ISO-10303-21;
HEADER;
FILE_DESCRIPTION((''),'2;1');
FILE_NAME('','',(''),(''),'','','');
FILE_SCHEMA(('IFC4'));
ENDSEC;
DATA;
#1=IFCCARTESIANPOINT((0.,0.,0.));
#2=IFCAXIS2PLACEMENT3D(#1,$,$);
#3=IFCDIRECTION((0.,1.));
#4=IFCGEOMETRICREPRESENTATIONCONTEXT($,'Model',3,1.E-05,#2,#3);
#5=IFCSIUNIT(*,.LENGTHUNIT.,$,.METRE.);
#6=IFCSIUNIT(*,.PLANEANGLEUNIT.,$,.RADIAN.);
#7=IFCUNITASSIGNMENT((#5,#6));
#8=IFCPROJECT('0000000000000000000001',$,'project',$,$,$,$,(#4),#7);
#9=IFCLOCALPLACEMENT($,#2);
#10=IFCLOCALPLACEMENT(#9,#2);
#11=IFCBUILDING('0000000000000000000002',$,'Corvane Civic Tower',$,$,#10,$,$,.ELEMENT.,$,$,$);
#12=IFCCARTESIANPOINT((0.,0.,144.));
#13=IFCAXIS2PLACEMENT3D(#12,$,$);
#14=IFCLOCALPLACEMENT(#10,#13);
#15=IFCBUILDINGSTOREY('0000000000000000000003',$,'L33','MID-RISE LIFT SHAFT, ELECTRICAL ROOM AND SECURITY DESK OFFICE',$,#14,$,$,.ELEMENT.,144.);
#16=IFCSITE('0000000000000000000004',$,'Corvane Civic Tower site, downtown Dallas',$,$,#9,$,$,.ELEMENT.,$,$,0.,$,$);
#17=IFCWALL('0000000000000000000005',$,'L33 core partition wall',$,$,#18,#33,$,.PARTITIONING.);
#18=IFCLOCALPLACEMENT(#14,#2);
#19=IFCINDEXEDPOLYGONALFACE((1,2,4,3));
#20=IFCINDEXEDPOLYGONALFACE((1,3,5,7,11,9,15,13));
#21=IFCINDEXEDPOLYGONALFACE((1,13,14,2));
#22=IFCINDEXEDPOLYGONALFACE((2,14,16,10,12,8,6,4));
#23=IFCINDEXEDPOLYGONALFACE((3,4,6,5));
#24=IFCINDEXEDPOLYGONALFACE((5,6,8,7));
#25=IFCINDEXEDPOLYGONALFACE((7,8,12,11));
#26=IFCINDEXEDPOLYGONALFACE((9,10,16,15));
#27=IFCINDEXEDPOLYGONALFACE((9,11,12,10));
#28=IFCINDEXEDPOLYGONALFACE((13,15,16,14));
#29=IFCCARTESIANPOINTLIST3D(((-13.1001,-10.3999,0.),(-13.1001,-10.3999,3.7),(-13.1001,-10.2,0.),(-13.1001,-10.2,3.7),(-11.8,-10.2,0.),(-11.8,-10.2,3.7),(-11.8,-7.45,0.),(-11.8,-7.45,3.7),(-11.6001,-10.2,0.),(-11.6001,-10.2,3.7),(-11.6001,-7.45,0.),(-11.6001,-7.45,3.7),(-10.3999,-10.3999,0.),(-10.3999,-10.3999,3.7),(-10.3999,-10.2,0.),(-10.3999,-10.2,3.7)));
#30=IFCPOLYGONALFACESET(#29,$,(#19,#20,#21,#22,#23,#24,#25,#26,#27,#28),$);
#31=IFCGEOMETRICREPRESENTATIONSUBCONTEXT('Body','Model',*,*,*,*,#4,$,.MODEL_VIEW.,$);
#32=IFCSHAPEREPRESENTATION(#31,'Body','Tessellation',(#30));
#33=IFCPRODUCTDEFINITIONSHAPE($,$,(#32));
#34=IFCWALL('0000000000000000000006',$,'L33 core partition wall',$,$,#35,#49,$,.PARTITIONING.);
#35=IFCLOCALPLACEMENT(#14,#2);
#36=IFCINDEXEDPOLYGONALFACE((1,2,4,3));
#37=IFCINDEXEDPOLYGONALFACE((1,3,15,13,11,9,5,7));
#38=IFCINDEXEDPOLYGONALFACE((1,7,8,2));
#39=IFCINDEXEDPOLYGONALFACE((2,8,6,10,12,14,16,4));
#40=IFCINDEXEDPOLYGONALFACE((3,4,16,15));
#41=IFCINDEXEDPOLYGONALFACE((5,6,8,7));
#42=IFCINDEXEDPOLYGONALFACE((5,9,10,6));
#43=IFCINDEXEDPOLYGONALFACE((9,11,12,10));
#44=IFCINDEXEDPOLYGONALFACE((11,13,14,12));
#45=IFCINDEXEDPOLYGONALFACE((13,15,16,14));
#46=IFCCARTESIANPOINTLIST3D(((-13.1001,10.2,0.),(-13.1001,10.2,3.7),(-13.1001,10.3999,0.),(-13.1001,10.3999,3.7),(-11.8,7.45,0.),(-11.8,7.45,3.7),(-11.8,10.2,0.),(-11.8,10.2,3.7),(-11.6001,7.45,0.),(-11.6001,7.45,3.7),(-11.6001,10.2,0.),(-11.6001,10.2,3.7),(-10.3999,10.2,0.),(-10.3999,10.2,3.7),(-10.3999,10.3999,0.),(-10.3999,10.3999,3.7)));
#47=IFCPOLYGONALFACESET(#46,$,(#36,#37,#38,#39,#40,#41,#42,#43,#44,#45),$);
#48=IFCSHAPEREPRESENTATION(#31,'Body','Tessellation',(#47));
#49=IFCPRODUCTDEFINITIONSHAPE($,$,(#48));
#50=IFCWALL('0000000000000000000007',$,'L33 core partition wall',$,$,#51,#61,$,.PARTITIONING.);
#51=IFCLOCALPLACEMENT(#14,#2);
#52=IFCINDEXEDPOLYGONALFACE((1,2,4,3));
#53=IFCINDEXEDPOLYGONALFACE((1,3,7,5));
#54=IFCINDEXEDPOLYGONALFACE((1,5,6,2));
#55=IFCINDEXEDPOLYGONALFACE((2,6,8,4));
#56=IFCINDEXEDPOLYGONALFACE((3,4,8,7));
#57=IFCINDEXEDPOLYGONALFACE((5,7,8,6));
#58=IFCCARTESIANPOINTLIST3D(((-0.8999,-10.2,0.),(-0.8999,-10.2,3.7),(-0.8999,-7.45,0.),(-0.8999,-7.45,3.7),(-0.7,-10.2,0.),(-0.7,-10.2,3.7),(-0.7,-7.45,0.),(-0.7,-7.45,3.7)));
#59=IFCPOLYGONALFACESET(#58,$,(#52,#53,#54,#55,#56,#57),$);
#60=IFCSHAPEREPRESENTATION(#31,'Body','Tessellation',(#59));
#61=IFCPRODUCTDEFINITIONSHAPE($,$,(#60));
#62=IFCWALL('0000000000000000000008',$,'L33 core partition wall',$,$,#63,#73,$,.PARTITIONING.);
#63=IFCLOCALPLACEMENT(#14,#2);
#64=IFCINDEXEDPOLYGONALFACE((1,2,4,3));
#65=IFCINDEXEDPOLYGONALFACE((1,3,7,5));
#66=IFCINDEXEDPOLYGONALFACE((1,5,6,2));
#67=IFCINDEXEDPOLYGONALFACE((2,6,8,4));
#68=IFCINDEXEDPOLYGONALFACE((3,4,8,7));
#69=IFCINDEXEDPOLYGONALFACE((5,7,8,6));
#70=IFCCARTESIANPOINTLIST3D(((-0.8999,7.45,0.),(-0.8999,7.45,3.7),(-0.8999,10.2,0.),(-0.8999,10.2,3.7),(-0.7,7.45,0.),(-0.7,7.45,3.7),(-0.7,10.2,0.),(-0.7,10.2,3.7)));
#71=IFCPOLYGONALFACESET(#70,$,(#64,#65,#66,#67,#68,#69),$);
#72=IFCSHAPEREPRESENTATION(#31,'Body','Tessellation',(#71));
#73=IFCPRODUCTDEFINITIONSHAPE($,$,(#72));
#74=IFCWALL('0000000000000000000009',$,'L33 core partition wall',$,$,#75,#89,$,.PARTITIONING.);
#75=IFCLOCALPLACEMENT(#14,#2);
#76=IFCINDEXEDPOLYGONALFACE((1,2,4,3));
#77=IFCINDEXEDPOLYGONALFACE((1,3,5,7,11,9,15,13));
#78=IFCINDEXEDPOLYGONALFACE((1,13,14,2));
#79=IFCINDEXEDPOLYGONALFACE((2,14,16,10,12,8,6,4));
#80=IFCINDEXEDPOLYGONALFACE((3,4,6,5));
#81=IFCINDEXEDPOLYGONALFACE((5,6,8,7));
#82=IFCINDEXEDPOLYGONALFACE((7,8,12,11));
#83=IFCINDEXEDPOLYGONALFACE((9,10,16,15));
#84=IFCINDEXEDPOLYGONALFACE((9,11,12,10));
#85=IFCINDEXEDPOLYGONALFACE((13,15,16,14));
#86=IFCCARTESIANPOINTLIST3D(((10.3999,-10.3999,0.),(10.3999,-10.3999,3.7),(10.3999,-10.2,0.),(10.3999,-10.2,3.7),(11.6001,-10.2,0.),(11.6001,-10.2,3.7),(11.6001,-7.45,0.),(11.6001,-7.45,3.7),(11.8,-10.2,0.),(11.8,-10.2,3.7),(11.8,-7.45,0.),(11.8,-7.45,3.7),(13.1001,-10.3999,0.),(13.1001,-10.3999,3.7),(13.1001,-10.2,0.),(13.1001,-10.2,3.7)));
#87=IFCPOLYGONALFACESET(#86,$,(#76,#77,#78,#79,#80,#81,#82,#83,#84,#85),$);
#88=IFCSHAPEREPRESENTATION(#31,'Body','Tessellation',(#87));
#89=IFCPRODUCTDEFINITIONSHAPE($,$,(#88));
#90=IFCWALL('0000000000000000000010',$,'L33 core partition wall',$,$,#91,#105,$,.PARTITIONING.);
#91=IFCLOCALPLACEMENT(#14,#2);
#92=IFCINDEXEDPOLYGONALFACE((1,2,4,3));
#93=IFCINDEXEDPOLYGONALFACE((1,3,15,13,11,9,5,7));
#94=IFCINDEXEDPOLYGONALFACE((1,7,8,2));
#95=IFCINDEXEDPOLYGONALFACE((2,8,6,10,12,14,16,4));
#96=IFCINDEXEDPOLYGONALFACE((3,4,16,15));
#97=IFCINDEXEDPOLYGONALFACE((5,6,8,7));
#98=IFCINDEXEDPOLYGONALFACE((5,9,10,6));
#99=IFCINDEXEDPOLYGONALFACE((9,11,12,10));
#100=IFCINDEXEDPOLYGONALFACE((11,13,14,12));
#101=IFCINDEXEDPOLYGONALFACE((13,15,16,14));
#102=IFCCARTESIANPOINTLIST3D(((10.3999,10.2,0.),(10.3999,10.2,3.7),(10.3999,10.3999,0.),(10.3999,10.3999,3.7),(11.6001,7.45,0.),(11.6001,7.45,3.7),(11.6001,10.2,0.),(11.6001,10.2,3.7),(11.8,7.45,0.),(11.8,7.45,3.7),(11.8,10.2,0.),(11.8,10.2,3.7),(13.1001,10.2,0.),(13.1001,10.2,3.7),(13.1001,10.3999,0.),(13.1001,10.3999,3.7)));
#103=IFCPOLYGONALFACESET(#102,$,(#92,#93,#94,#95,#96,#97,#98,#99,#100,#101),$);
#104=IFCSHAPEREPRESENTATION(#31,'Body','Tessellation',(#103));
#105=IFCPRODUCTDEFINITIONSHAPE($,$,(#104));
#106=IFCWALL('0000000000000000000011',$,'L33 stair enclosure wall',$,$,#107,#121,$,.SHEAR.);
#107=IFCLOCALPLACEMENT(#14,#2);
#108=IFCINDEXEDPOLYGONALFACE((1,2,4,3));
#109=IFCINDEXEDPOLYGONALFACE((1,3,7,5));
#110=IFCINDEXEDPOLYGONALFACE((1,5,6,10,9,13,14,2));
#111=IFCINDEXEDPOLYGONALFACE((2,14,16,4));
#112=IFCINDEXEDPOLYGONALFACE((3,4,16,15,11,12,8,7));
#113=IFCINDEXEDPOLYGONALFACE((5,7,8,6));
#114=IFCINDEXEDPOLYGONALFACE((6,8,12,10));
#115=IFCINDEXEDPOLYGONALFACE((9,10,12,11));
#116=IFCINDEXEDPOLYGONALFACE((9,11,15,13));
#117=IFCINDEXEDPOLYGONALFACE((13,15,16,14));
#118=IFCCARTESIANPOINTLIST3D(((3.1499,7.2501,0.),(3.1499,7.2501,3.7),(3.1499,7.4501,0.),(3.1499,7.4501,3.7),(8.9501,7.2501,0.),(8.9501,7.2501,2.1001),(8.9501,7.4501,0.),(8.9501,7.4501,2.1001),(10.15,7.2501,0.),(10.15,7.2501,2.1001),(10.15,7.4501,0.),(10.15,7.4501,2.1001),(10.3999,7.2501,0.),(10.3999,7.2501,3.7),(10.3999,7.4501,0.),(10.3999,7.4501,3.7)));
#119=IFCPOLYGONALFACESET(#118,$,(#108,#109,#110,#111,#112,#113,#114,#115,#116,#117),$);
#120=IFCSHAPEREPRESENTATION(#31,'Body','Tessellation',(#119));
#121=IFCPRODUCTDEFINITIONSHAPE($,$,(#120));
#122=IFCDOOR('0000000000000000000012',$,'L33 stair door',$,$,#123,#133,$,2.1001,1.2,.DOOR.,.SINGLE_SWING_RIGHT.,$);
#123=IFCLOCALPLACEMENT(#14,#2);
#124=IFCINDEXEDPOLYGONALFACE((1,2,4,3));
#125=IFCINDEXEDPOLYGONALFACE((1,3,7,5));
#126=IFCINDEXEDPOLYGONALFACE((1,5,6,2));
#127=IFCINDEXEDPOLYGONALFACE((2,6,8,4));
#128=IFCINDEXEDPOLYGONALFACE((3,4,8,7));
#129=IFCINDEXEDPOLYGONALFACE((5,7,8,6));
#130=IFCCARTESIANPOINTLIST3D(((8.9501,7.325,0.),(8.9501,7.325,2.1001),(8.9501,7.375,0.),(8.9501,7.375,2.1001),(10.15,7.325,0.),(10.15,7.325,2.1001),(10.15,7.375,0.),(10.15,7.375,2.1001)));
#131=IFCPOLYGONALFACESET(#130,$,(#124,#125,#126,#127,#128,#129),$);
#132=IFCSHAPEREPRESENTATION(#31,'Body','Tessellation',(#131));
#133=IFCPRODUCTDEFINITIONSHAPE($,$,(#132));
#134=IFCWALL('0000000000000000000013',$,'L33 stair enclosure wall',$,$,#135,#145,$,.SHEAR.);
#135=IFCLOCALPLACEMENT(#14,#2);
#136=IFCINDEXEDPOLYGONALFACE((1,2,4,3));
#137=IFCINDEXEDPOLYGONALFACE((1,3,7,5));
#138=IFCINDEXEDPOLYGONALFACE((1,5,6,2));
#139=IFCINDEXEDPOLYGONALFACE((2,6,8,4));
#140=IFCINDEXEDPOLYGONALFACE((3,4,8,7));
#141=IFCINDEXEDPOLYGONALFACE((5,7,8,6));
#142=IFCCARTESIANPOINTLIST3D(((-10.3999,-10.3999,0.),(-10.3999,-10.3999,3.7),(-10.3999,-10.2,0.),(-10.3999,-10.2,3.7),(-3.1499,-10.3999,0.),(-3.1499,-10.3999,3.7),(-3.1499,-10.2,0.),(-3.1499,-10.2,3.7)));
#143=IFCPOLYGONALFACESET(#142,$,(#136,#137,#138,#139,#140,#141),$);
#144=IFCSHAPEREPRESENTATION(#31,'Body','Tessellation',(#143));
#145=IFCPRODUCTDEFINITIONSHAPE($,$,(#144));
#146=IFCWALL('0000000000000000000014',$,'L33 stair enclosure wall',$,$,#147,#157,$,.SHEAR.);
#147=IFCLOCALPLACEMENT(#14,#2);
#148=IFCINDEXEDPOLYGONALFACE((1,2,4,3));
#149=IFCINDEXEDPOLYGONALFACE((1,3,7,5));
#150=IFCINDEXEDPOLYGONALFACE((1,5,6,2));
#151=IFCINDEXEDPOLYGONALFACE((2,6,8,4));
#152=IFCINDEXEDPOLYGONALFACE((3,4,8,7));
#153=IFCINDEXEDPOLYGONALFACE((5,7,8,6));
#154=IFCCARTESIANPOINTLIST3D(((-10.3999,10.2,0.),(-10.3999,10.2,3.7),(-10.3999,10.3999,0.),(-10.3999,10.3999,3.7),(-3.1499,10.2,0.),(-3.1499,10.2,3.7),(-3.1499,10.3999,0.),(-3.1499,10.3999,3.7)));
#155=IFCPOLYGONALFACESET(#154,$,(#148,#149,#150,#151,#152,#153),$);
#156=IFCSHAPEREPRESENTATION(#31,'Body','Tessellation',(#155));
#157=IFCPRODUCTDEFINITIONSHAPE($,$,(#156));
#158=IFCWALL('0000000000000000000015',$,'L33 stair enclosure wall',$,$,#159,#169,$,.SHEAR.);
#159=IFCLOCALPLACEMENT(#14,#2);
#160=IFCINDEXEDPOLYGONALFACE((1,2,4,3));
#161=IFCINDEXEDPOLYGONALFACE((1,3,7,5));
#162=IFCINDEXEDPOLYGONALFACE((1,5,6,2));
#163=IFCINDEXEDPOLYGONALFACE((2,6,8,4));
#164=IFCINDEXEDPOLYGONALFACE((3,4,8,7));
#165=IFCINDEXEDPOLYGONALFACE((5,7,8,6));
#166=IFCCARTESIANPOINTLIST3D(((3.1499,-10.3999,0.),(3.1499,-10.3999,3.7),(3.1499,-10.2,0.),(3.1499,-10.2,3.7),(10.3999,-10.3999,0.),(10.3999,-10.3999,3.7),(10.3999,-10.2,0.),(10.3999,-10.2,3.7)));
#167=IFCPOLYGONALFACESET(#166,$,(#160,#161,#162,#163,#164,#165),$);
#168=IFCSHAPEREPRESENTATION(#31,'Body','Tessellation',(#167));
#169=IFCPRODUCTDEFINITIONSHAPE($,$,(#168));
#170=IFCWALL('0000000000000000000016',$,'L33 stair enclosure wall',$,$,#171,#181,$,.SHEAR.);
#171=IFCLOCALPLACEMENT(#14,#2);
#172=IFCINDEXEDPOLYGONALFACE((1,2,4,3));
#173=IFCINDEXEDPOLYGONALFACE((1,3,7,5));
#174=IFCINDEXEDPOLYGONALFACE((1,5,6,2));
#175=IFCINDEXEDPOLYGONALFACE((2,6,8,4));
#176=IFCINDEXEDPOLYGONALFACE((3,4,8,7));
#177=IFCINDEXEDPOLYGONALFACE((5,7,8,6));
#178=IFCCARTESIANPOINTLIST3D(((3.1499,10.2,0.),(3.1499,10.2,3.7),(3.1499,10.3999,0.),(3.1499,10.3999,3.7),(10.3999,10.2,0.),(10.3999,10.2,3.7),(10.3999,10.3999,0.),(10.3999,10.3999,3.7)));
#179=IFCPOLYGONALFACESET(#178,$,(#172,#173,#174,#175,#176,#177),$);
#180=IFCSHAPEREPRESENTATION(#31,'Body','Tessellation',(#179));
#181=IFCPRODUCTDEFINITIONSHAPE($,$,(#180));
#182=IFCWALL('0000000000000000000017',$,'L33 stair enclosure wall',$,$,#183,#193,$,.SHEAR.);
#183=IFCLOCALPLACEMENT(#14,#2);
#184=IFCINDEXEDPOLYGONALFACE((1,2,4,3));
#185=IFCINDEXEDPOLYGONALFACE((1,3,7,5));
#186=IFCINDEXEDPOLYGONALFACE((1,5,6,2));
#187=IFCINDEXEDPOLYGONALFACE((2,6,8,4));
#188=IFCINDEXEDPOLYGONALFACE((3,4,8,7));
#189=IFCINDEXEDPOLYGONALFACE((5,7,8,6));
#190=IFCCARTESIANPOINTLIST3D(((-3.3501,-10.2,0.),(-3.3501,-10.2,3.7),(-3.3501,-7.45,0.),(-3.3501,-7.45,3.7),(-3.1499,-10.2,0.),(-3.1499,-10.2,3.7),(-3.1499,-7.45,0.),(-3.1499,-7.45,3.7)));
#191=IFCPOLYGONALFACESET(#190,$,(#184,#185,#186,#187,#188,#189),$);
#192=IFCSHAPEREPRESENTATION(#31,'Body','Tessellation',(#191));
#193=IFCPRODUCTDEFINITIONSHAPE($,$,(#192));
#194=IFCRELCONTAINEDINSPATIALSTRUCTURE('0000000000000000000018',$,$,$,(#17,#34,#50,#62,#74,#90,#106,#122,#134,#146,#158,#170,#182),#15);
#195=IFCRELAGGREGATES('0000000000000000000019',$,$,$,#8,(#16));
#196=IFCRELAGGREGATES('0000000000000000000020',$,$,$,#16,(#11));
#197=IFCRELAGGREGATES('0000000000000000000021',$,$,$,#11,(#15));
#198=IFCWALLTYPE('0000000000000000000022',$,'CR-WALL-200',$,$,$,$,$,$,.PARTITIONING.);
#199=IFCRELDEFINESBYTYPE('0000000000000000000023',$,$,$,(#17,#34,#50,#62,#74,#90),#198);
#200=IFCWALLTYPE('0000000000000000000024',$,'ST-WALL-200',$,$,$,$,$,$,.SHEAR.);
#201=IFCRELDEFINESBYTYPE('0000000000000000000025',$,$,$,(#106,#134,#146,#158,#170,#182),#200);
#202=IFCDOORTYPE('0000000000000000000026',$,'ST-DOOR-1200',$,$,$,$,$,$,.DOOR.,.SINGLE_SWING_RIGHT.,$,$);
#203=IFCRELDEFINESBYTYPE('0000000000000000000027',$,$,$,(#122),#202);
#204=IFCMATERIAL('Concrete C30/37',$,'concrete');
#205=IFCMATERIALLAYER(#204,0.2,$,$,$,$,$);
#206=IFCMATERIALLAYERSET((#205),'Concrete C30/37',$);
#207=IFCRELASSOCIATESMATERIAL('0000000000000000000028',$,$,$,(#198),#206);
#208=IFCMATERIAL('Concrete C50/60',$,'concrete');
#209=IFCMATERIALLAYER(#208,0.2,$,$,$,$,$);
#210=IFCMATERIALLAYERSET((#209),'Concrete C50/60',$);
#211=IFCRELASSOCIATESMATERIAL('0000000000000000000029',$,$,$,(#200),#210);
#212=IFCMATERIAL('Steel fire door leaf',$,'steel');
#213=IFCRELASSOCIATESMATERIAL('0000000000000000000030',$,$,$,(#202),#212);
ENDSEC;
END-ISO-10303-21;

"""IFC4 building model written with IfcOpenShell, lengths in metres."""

from ifc_helpers import new_model, si_unit, direction, frame, frame_2d, origin, place, context, subcontext, project, spatial, polyline, rectangle, outline, extrude, material, layer, layer_set, type_object, element, fill, save


model = new_model("IFC4")

# Units and contexts
model_context = context("Model", 3, precision=1e-05, world=origin(), true_north=direction((0.0, 1.0)))
body_context = subcontext(model_context, "Body", "Model", "MODEL_VIEW")
ifc_project = project(units=[si_unit("LENGTHUNIT", "METRE"), si_unit("PLANEANGLEUNIT", "RADIAN")], contexts=[model_context])

# Site, building, storey
site_placement = place(None, origin())
site = spatial("IfcSite", under=ifc_project, at=site_placement, Name="Corvane Civic Tower site, downtown Dallas", CompositionType="ELEMENT", RefElevation=0.0)
building_placement = place(site_placement, origin())
building = spatial("IfcBuilding", under=site, at=building_placement, Name="Corvane Civic Tower", CompositionType="ELEMENT")
storey_placement = place(building_placement, frame((0.0, 0.0, 144.0)))
storey = spatial("IfcBuildingStorey", under=building, at=storey_placement, Name="L33", Description="MID-RISE LIFT SHAFT, ELECTRICAL ROOM AND SECURITY DESK OFFICE", CompositionType="ELEMENT", Elevation=144.0)

# Walls
ifc_material_1 = material(Name="Concrete C30/37", Category="concrete")
ifc_layer_1 = layer(ifc_material_1, 0.2)
ifc_layer_set_1 = layer_set([ifc_layer_1], Name="Concrete C30/37")
wall_type_1 = type_object("IfcWallType", Name="CR-WALL-200", PredefinedType="PARTITIONING", material=ifc_layer_set_1)
wall_1_placement = place(storey_placement, origin())
element("IfcWall", 1, at=wall_1_placement, inside=storey, type_object=wall_type_1, Name="L33 core partition wall", PredefinedType="PARTITIONING", context=body_context, shape_type="SweptSolid", body=[
    extrude(outline(polyline([(-11.8, -7.45), (-11.6001, -7.45), (-11.6001, -10.2), (-10.3999, -10.2), (-10.3999, -10.3999), (-13.1001, -10.3999), (-13.1001, -10.2), (-11.8, -10.2), (-11.8, -7.45)])), origin(), (0.0, 0.0, 1.0), 3.7),
])
wall_2_placement = place(storey_placement, origin())
element("IfcWall", 2, at=wall_2_placement, inside=storey, type_object=wall_type_1, Name="L33 core partition wall", PredefinedType="PARTITIONING", context=body_context, shape_type="SweptSolid", body=[
    extrude(outline(polyline([(-13.1001, 10.3999), (-10.3999, 10.3999), (-10.3999, 10.2), (-11.6001, 10.2), (-11.6001, 7.45), (-11.8, 7.45), (-11.8, 10.2), (-13.1001, 10.2), (-13.1001, 10.3999)])), origin(), (0.0, 0.0, 1.0), 3.7),
])
wall_3_placement = place(storey_placement, origin())
element("IfcWall", 3, at=wall_3_placement, inside=storey, type_object=wall_type_1, Name="L33 core partition wall", PredefinedType="PARTITIONING", context=body_context, shape_type="SweptSolid", body=[
    extrude(outline(polyline([(-0.7, -10.2), (-0.8999, -10.2), (-0.8999, -7.45), (-0.7, -7.45), (-0.7, -10.2)])), origin(), (0.0, 0.0, 1.0), 3.7),
])
wall_4_placement = place(storey_placement, origin())
element("IfcWall", 4, at=wall_4_placement, inside=storey, type_object=wall_type_1, Name="L33 core partition wall", PredefinedType="PARTITIONING", context=body_context, shape_type="SweptSolid", body=[
    extrude(outline(polyline([(-0.7, 7.45), (-0.8999, 7.45), (-0.8999, 10.2), (-0.7, 10.2), (-0.7, 7.45)])), origin(), (0.0, 0.0, 1.0), 3.7),
])
wall_5_placement = place(storey_placement, origin())
element("IfcWall", 5, at=wall_5_placement, inside=storey, type_object=wall_type_1, Name="L33 core partition wall", PredefinedType="PARTITIONING", context=body_context, shape_type="SweptSolid", body=[
    extrude(outline(polyline([(11.8, -7.45), (11.8, -10.2), (13.1001, -10.2), (13.1001, -10.3999), (10.3999, -10.3999), (10.3999, -10.2), (11.6001, -10.2), (11.6001, -7.45), (11.8, -7.45)])), origin(), (0.0, 0.0, 1.0), 3.7),
])
wall_6_placement = place(storey_placement, origin())
element("IfcWall", 6, at=wall_6_placement, inside=storey, type_object=wall_type_1, Name="L33 core partition wall", PredefinedType="PARTITIONING", context=body_context, shape_type="SweptSolid", body=[
    extrude(outline(polyline([(13.1001, 10.3999), (13.1001, 10.2), (11.8, 10.2), (11.8, 7.45), (11.6001, 7.45), (11.6001, 10.2), (10.3999, 10.2), (10.3999, 10.3999), (13.1001, 10.3999)])), origin(), (0.0, 0.0, 1.0), 3.7),
])

# Wall, opening, door
ifc_material_2 = material(Name="Concrete C50/60", Category="concrete")
ifc_layer_2 = layer(ifc_material_2, 0.2)
ifc_layer_set_2 = layer_set([ifc_layer_2], Name="Concrete C50/60")
wall_type_2 = type_object("IfcWallType", Name="ST-WALL-200", PredefinedType="SHEAR", material=ifc_layer_set_2)
wall_7_placement = place(storey_placement, frame((3.1499, 7.3501, 0.0), z_axis=(0.0, 0.0, 1.0), x_axis=(1.0, 0.0, 0.0)))
wall_7 = element("IfcWall", 7, at=wall_7_placement, inside=storey, type_object=wall_type_2, Name="L33 stair enclosure wall", PredefinedType="SHEAR", context=body_context, shape_type="SweptSolid", body=[
    extrude(rectangle(XDim=7.25, YDim=0.2, at=frame_2d((3.625, 0.0))), origin(), (0.0, 0.0, 1.0), 3.7),
])
opening_placement = place(wall_7_placement, frame((5.8, 0.0, 0.0)))
opening = element("IfcOpeningElement", 8, at=opening_placement, cuts=wall_7, PredefinedType="OPENING", context=body_context, shape_type="SweptSolid", body=[
    extrude(rectangle(XDim=1.2, YDim=2.1001, at=frame_2d((0.6001, 1.05))), frame((0.0, 0.1099, 0.0), z_axis=(0.0, -1.0, 0.0), x_axis=(1.0, 0.0, 0.0)), (0.0, 0.0, 1.0), 0.22),
])
ifc_material_3 = material(Name="Steel fire door leaf", Category="steel")
door_type = type_object("IfcDoorType", Name="ST-DOOR-1200", OperationType="SINGLE_SWING_RIGHT", PredefinedType="DOOR", material=ifc_material_3)
door_placement = place(opening_placement, origin())
door = element("IfcDoor", 9, at=door_placement, inside=storey, type_object=door_type, Name="L33 stair door", OperationType="SINGLE_SWING_RIGHT", OverallHeight=2.1001, OverallWidth=1.2, PredefinedType="DOOR", context=body_context, shape_type="SweptSolid", body=[
    extrude(rectangle(XDim=1.2, YDim=2.1001, at=frame_2d((0.6001, 1.05))), frame((0.0, 0.0249, 0.0), z_axis=(0.0, -1.0, 0.0), x_axis=(1.0, 0.0, 0.0)), (0.0, 0.0, 1.0), 0.05),
])
fill(opening, door)

# Walls
wall_8_placement = place(storey_placement, origin())
element("IfcWall", 10, at=wall_8_placement, inside=storey, type_object=wall_type_2, Name="L33 stair enclosure wall", PredefinedType="SHEAR", context=body_context, shape_type="SweptSolid", body=[
    extrude(outline(polyline([(-3.1499, -10.2), (-3.1499, -10.3999), (-10.3999, -10.3999), (-10.3999, -10.2), (-3.1499, -10.2)])), origin(), (0.0, 0.0, 1.0), 3.7),
])
wall_9_placement = place(storey_placement, origin())
element("IfcWall", 11, at=wall_9_placement, inside=storey, type_object=wall_type_2, Name="L33 stair enclosure wall", PredefinedType="SHEAR", context=body_context, shape_type="SweptSolid", body=[
    extrude(outline(polyline([(-3.1499, 10.2), (-10.3999, 10.2), (-10.3999, 10.3999), (-3.1499, 10.3999), (-3.1499, 10.2)])), origin(), (0.0, 0.0, 1.0), 3.7),
])
wall_10_placement = place(storey_placement, origin())
element("IfcWall", 12, at=wall_10_placement, inside=storey, type_object=wall_type_2, Name="L33 stair enclosure wall", PredefinedType="SHEAR", context=body_context, shape_type="SweptSolid", body=[
    extrude(outline(polyline([(10.3999, -10.3999), (3.1499, -10.3999), (3.1499, -10.2), (10.3999, -10.2), (10.3999, -10.3999)])), origin(), (0.0, 0.0, 1.0), 3.7),
])
wall_11_placement = place(storey_placement, origin())
element("IfcWall", 13, at=wall_11_placement, inside=storey, type_object=wall_type_2, Name="L33 stair enclosure wall", PredefinedType="SHEAR", context=body_context, shape_type="SweptSolid", body=[
    extrude(outline(polyline([(10.3999, 10.2), (3.1499, 10.2), (3.1499, 10.3999), (10.3999, 10.3999), (10.3999, 10.2)])), origin(), (0.0, 0.0, 1.0), 3.7),
])
wall_12_placement = place(storey_placement, origin())
element("IfcWall", 14, at=wall_12_placement, inside=storey, type_object=wall_type_2, Name="L33 stair enclosure wall", PredefinedType="SHEAR", context=body_context, shape_type="SweptSolid", body=[
    extrude(outline(polyline([(-3.1499, -7.45), (-3.1499, -10.2), (-3.3501, -10.2), (-3.3501, -7.45), (-3.1499, -7.45)])), origin(), (0.0, 0.0, 1.0), 3.7),
])

save(model, "model.ifc")
